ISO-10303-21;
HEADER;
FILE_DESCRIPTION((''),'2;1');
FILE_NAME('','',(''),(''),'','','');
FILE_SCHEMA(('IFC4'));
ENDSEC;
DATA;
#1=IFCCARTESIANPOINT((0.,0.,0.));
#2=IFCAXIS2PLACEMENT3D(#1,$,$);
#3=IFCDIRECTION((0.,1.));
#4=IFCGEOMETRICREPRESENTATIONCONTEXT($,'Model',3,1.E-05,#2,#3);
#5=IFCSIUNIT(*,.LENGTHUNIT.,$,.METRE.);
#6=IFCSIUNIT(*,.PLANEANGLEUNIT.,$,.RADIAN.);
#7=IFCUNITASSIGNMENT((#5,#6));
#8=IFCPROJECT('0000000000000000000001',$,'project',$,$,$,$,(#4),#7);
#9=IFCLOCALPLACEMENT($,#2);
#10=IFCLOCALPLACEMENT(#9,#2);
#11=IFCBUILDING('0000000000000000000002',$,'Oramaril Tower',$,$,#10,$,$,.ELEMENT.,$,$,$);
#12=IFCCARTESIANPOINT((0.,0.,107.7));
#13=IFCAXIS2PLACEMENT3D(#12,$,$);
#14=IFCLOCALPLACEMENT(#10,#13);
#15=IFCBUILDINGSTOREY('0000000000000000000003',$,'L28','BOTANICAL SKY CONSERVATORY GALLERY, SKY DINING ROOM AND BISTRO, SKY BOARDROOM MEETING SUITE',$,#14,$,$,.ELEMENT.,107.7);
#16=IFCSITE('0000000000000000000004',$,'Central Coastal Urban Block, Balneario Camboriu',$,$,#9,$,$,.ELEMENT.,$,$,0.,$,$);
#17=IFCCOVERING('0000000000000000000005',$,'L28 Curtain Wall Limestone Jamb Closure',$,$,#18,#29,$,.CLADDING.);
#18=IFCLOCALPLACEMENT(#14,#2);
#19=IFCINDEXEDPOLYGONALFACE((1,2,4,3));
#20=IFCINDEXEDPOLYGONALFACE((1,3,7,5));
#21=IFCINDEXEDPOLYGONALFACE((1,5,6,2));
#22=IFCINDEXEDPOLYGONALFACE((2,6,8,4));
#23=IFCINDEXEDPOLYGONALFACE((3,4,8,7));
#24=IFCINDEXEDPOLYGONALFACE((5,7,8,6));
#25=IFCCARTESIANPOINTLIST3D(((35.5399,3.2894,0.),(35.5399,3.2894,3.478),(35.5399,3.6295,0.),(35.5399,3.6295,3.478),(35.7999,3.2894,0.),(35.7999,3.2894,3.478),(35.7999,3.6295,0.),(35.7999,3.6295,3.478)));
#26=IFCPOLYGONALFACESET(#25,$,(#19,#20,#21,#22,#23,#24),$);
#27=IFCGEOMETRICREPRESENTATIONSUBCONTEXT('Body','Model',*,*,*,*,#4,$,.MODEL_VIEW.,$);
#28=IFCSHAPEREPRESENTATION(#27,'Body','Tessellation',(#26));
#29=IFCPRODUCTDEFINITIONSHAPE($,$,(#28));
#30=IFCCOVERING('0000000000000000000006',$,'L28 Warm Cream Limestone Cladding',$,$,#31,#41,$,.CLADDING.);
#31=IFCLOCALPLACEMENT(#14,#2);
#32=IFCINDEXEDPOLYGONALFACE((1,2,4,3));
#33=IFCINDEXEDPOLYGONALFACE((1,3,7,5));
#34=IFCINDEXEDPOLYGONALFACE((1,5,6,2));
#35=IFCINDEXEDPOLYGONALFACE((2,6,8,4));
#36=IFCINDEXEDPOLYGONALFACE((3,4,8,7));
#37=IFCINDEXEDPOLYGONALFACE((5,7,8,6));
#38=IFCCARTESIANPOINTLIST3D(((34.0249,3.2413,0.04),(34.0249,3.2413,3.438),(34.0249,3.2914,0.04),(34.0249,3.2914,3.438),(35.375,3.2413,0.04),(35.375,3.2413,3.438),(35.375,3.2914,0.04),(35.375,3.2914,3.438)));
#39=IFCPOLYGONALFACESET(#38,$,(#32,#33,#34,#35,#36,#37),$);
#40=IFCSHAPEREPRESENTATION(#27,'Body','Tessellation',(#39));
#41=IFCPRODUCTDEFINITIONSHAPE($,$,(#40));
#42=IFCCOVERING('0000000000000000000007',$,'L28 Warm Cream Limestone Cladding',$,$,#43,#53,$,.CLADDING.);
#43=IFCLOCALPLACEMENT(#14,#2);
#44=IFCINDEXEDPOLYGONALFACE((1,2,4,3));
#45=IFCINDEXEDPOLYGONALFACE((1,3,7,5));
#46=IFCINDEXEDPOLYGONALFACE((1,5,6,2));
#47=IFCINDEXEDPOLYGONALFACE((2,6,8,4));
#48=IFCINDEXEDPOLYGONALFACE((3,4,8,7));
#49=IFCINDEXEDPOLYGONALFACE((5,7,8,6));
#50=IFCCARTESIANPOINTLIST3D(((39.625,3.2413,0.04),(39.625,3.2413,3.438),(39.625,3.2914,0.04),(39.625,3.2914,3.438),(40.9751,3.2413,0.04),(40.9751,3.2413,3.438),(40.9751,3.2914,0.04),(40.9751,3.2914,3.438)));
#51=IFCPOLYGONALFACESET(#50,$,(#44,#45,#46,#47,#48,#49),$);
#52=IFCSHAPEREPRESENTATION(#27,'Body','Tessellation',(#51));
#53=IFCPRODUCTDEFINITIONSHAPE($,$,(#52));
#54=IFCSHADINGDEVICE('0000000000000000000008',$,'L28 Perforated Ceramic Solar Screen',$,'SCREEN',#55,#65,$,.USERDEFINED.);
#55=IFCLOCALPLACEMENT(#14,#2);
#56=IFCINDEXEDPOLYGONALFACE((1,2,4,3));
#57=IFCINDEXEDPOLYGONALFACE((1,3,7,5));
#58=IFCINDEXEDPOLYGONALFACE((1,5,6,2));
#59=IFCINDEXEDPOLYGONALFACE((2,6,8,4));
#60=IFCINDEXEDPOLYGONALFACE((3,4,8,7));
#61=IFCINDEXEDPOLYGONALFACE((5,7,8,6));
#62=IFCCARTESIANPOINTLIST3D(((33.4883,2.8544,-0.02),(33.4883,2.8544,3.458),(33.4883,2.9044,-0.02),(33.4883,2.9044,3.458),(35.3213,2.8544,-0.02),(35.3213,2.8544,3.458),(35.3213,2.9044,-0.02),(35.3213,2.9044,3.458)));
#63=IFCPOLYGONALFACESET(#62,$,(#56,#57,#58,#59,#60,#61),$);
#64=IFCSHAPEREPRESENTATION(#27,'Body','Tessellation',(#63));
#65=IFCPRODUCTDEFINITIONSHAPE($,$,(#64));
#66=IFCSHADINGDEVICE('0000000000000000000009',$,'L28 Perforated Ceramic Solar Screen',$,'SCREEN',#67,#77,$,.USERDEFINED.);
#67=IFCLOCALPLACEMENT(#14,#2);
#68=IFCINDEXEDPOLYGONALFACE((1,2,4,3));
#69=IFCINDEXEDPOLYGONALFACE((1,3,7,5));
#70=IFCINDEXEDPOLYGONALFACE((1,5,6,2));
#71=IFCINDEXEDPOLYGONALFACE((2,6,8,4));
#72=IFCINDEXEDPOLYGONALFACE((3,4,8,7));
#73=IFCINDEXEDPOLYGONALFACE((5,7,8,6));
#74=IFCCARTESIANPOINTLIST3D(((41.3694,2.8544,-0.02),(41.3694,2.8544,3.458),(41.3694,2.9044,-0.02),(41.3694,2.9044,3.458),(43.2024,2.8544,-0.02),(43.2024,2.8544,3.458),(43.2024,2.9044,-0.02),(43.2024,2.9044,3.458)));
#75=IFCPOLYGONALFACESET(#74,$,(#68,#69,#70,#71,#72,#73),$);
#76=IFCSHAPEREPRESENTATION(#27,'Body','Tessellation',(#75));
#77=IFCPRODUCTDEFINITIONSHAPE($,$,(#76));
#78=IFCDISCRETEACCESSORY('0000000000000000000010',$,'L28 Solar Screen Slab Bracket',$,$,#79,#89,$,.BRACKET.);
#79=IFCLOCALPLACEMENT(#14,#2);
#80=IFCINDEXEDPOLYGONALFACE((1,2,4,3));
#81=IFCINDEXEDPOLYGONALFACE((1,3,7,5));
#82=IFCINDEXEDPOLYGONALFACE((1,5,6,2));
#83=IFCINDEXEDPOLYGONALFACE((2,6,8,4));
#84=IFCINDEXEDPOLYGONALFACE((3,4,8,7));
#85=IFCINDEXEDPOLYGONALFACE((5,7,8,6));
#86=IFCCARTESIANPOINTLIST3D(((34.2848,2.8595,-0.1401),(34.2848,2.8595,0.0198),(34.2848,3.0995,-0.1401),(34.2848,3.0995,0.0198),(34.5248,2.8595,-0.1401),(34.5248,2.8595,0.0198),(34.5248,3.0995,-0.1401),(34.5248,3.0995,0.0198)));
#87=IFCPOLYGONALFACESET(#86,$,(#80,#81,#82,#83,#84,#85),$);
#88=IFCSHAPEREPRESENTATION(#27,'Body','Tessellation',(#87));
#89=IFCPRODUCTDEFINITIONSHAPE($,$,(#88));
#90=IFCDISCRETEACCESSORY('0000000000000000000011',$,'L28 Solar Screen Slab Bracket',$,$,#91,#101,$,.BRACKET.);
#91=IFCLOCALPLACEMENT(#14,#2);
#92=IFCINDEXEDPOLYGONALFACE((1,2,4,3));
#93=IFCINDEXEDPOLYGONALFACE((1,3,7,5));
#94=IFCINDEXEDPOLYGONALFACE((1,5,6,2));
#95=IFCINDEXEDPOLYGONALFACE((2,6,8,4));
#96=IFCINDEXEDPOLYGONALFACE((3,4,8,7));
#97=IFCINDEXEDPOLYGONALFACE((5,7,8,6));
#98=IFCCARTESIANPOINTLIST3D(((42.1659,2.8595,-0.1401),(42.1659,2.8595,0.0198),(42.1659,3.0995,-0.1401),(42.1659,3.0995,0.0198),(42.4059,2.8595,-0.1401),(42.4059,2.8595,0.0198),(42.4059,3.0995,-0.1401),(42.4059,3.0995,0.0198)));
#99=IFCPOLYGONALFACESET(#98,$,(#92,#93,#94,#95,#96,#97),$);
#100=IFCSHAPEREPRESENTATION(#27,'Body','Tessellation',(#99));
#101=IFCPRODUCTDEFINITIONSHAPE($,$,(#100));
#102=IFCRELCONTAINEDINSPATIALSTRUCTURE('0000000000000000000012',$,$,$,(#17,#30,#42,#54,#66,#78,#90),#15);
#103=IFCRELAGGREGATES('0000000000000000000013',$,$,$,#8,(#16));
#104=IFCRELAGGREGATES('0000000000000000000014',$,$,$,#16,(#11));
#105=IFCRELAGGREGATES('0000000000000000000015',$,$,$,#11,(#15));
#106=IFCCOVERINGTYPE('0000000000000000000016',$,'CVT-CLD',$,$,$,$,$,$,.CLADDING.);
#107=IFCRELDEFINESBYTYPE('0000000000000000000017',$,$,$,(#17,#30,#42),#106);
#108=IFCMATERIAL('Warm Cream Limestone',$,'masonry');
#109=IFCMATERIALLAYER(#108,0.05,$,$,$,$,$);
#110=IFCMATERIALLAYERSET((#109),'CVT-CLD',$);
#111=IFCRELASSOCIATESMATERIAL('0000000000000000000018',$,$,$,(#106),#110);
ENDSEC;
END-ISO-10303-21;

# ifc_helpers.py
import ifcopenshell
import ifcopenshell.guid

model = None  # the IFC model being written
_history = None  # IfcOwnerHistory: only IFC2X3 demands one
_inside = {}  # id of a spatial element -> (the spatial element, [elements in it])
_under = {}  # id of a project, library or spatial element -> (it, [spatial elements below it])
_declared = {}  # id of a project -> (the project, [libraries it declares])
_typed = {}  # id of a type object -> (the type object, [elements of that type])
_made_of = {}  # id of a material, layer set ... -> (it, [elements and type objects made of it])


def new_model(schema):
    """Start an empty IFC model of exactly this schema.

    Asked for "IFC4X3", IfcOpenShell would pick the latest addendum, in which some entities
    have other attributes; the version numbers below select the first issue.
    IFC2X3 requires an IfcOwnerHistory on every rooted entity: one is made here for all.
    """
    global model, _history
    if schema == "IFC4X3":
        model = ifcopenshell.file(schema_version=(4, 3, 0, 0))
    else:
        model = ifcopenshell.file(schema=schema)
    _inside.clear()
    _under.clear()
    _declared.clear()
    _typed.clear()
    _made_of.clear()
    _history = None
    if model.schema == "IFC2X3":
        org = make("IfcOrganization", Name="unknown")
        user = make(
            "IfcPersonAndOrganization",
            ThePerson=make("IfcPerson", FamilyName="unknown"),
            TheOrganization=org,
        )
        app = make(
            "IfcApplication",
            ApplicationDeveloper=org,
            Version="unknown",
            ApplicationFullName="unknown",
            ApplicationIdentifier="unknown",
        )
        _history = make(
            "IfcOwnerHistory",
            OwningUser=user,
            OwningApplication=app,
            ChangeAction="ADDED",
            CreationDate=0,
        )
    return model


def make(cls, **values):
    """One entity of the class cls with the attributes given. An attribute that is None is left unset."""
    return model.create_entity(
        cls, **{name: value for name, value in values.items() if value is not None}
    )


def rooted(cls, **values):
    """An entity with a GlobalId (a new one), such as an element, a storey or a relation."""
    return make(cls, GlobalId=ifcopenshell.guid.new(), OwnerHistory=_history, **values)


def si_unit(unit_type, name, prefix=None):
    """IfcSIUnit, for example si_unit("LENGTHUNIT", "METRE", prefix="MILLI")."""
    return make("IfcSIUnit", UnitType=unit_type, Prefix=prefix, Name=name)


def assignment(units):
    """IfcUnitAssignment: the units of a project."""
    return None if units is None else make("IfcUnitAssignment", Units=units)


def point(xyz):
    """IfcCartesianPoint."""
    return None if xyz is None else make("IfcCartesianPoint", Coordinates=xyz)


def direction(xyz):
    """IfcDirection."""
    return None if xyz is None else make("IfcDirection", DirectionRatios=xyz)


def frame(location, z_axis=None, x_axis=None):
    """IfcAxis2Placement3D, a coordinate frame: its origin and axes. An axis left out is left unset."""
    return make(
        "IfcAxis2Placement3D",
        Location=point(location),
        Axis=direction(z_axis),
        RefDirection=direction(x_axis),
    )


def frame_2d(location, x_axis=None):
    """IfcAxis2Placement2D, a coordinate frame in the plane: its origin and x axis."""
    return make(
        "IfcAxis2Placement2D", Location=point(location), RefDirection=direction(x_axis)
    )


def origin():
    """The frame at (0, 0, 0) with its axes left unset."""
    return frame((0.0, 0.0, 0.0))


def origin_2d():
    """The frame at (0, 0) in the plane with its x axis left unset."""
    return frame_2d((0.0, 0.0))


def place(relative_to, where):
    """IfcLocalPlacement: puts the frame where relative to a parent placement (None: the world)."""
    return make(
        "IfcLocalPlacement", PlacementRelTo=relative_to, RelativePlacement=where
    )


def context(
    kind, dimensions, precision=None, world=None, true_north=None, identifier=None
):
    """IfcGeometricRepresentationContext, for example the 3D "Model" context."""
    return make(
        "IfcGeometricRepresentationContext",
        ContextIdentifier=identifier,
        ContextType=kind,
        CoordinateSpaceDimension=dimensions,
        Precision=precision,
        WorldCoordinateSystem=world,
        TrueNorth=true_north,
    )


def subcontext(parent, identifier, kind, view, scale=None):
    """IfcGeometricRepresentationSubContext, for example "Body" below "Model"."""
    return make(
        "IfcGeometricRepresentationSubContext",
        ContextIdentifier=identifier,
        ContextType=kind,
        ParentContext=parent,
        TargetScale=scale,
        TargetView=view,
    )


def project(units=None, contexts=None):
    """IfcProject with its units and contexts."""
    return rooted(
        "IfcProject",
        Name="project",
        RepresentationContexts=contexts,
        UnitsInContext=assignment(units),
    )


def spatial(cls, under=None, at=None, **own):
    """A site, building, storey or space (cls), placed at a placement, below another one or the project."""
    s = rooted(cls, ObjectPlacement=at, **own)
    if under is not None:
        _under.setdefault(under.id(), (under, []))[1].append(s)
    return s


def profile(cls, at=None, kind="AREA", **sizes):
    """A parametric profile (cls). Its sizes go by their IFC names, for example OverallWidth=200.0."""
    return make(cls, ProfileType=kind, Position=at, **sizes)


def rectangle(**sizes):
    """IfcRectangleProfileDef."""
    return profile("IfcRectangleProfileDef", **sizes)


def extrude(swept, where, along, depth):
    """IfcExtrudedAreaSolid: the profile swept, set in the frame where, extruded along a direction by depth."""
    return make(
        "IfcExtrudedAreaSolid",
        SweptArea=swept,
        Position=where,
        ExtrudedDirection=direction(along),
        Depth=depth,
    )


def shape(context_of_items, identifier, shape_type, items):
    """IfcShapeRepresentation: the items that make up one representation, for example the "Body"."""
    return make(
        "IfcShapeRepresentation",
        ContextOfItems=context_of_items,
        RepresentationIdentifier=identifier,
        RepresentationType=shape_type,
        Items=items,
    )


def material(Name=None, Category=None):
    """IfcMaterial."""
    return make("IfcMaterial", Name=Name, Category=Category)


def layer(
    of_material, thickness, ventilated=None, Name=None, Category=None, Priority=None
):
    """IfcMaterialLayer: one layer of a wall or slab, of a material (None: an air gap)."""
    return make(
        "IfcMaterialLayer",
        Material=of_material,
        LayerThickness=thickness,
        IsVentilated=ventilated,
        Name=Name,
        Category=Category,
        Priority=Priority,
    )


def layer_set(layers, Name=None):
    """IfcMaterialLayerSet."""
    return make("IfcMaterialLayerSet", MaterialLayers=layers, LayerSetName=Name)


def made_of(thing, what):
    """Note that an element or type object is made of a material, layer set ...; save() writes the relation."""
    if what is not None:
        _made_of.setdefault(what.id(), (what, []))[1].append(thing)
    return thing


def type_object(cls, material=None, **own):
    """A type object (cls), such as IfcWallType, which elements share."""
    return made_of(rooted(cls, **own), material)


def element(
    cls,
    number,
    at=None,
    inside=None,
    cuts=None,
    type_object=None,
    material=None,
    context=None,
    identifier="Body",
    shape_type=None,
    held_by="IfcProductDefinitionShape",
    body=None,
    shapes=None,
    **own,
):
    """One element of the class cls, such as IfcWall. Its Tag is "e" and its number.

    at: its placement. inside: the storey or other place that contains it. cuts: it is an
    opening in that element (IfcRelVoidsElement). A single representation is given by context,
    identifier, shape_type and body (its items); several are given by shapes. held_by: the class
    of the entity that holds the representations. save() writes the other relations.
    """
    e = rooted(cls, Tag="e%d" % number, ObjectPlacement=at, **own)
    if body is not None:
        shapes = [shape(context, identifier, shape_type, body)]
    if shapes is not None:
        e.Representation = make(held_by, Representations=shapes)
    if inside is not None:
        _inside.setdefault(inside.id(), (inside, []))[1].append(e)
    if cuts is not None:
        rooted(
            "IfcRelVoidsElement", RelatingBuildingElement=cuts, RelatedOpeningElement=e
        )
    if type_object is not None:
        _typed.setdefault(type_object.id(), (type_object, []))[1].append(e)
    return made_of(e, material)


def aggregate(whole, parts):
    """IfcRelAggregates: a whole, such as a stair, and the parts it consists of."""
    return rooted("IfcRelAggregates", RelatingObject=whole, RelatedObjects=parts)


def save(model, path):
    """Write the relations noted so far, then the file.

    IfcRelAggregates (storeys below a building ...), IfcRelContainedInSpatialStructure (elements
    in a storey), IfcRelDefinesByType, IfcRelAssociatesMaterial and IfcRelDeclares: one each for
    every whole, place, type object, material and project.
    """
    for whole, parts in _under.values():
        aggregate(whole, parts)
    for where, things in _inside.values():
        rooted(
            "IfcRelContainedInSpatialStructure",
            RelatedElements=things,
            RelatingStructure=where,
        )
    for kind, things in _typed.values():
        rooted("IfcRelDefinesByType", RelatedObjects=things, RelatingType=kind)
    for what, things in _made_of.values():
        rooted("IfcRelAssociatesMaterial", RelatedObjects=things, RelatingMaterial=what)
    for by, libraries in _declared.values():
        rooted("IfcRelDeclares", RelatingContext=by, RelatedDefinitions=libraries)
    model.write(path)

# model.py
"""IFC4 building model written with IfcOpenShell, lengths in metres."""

from ifc_helpers import new_model, si_unit, direction, frame, origin, origin_2d, place, context, subcontext, project, spatial, rectangle, extrude, material, layer, layer_set, type_object, element, save


model = new_model("IFC4")

# Units and contexts
model_context = context("Model", 3, precision=1e-05, world=origin(), true_north=direction((0.0, 1.0)))
body_context = subcontext(model_context, "Body", "Model", "MODEL_VIEW")
ifc_project = project(units=[si_unit("LENGTHUNIT", "METRE"), si_unit("PLANEANGLEUNIT", "RADIAN")], contexts=[model_context])

# Site, building, storey
site_placement = place(None, origin())
site = spatial("IfcSite", under=ifc_project, at=site_placement, Name="Central Coastal Urban Block, Balneario Camboriu", CompositionType="ELEMENT", RefElevation=0.0)
building_placement = place(site_placement, origin())
building = spatial("IfcBuilding", under=site, at=building_placement, Name="Oramaril Tower", CompositionType="ELEMENT")
storey_placement = place(building_placement, frame((0.0, 0.0, 107.7)))
storey = spatial("IfcBuildingStorey", under=building, at=storey_placement, Name="L28", Description="BOTANICAL SKY CONSERVATORY GALLERY, SKY DINING ROOM AND BISTRO, SKY BOARDROOM MEETING SUITE", CompositionType="ELEMENT", Elevation=107.7)

# Coverings
ifc_material_1 = material(Name="Warm Cream Limestone", Category="masonry")
ifc_layer_1 = layer(ifc_material_1, 0.05)
ifc_layer_set_1 = layer_set([ifc_layer_1], Name="CVT-CLD")
covering_type = type_object("IfcCoveringType", Name="CVT-CLD", PredefinedType="CLADDING", material=ifc_layer_set_1)
covering_placement = place(storey_placement, frame((35.6699, 3.4595, 0.0), z_axis=(0.0, 0.0, 1.0), x_axis=(1.0, 0.0, 0.0)))
element("IfcCovering", 1, at=covering_placement, inside=storey, type_object=covering_type, Name="L28 Curtain Wall Limestone Jamb Closure", PredefinedType="CLADDING", context=body_context, shape_type="SweptSolid", body=[
    extrude(rectangle(XDim=0.26, YDim=0.3401, at=origin_2d()), origin(), (0.0, 0.0, 1.0), 3.478),
])
for number, where, z_axis, x_axis, name in (
    (2, (34.7, 3.2664, 0.04), (0.0, 0.0, 1.0), (1.0, 0.0, 0.0), "L28 Warm Cream Limestone Cladding"),
    (3, (40.3, 3.2664, 0.04), (0.0, 0.0, 1.0), (1.0, 0.0, 0.0), "L28 Warm Cream Limestone Cladding"),
):
    element("IfcCovering", number, at=place(storey_placement, frame(where, z_axis=z_axis, x_axis=x_axis)), inside=storey, type_object=covering_type, Name=name, PredefinedType="CLADDING", context=body_context, shape_type="SweptSolid", body=[
        extrude(rectangle(XDim=1.3501, YDim=0.05, at=origin_2d()), origin(), (0.0, 0.0, 1.0), 3.3979),
    ])

# Shading devices
for number, where, z_axis, x_axis, name in (
    (4, (34.4048, 2.8794, -0.02), (0.0, 0.0, 1.0), (1.0, 0.0, 0.0), "L28 Perforated Ceramic Solar Screen"),
    (5, (42.2859, 2.8794, -0.02), (0.0, 0.0, 1.0), (1.0, 0.0, 0.0), "L28 Perforated Ceramic Solar Screen"),
):
    element("IfcShadingDevice", number, at=place(storey_placement, frame(where, z_axis=z_axis, x_axis=x_axis)), inside=storey, Name=name, ObjectType="SCREEN", PredefinedType="USERDEFINED", context=body_context, shape_type="SweptSolid", body=[
        extrude(rectangle(XDim=1.833, YDim=0.05, at=origin_2d()), origin(), (0.0, 0.0, 1.0), 3.478),
    ])

# Discrete accessories
for number, where, z_axis, x_axis, name in (
    (6, (34.4048, 2.9795, -0.1401), (0.0, 0.0, 1.0), (1.0, 0.0, 0.0), "L28 Solar Screen Slab Bracket"),
    (7, (42.2859, 2.9795, -0.1401), (0.0, 0.0, 1.0), (1.0, 0.0, 0.0), "L28 Solar Screen Slab Bracket"),
):
    element("IfcDiscreteAccessory", number, at=place(storey_placement, frame(where, z_axis=z_axis, x_axis=x_axis)), inside=storey, Name=name, PredefinedType="BRACKET", context=body_context, shape_type="SweptSolid", body=[
        extrude(rectangle(XDim=0.24, YDim=0.24, at=origin_2d()), origin(), (0.0, 0.0, 1.0), 0.1599),
    ])

save(model, "model.ifc")
